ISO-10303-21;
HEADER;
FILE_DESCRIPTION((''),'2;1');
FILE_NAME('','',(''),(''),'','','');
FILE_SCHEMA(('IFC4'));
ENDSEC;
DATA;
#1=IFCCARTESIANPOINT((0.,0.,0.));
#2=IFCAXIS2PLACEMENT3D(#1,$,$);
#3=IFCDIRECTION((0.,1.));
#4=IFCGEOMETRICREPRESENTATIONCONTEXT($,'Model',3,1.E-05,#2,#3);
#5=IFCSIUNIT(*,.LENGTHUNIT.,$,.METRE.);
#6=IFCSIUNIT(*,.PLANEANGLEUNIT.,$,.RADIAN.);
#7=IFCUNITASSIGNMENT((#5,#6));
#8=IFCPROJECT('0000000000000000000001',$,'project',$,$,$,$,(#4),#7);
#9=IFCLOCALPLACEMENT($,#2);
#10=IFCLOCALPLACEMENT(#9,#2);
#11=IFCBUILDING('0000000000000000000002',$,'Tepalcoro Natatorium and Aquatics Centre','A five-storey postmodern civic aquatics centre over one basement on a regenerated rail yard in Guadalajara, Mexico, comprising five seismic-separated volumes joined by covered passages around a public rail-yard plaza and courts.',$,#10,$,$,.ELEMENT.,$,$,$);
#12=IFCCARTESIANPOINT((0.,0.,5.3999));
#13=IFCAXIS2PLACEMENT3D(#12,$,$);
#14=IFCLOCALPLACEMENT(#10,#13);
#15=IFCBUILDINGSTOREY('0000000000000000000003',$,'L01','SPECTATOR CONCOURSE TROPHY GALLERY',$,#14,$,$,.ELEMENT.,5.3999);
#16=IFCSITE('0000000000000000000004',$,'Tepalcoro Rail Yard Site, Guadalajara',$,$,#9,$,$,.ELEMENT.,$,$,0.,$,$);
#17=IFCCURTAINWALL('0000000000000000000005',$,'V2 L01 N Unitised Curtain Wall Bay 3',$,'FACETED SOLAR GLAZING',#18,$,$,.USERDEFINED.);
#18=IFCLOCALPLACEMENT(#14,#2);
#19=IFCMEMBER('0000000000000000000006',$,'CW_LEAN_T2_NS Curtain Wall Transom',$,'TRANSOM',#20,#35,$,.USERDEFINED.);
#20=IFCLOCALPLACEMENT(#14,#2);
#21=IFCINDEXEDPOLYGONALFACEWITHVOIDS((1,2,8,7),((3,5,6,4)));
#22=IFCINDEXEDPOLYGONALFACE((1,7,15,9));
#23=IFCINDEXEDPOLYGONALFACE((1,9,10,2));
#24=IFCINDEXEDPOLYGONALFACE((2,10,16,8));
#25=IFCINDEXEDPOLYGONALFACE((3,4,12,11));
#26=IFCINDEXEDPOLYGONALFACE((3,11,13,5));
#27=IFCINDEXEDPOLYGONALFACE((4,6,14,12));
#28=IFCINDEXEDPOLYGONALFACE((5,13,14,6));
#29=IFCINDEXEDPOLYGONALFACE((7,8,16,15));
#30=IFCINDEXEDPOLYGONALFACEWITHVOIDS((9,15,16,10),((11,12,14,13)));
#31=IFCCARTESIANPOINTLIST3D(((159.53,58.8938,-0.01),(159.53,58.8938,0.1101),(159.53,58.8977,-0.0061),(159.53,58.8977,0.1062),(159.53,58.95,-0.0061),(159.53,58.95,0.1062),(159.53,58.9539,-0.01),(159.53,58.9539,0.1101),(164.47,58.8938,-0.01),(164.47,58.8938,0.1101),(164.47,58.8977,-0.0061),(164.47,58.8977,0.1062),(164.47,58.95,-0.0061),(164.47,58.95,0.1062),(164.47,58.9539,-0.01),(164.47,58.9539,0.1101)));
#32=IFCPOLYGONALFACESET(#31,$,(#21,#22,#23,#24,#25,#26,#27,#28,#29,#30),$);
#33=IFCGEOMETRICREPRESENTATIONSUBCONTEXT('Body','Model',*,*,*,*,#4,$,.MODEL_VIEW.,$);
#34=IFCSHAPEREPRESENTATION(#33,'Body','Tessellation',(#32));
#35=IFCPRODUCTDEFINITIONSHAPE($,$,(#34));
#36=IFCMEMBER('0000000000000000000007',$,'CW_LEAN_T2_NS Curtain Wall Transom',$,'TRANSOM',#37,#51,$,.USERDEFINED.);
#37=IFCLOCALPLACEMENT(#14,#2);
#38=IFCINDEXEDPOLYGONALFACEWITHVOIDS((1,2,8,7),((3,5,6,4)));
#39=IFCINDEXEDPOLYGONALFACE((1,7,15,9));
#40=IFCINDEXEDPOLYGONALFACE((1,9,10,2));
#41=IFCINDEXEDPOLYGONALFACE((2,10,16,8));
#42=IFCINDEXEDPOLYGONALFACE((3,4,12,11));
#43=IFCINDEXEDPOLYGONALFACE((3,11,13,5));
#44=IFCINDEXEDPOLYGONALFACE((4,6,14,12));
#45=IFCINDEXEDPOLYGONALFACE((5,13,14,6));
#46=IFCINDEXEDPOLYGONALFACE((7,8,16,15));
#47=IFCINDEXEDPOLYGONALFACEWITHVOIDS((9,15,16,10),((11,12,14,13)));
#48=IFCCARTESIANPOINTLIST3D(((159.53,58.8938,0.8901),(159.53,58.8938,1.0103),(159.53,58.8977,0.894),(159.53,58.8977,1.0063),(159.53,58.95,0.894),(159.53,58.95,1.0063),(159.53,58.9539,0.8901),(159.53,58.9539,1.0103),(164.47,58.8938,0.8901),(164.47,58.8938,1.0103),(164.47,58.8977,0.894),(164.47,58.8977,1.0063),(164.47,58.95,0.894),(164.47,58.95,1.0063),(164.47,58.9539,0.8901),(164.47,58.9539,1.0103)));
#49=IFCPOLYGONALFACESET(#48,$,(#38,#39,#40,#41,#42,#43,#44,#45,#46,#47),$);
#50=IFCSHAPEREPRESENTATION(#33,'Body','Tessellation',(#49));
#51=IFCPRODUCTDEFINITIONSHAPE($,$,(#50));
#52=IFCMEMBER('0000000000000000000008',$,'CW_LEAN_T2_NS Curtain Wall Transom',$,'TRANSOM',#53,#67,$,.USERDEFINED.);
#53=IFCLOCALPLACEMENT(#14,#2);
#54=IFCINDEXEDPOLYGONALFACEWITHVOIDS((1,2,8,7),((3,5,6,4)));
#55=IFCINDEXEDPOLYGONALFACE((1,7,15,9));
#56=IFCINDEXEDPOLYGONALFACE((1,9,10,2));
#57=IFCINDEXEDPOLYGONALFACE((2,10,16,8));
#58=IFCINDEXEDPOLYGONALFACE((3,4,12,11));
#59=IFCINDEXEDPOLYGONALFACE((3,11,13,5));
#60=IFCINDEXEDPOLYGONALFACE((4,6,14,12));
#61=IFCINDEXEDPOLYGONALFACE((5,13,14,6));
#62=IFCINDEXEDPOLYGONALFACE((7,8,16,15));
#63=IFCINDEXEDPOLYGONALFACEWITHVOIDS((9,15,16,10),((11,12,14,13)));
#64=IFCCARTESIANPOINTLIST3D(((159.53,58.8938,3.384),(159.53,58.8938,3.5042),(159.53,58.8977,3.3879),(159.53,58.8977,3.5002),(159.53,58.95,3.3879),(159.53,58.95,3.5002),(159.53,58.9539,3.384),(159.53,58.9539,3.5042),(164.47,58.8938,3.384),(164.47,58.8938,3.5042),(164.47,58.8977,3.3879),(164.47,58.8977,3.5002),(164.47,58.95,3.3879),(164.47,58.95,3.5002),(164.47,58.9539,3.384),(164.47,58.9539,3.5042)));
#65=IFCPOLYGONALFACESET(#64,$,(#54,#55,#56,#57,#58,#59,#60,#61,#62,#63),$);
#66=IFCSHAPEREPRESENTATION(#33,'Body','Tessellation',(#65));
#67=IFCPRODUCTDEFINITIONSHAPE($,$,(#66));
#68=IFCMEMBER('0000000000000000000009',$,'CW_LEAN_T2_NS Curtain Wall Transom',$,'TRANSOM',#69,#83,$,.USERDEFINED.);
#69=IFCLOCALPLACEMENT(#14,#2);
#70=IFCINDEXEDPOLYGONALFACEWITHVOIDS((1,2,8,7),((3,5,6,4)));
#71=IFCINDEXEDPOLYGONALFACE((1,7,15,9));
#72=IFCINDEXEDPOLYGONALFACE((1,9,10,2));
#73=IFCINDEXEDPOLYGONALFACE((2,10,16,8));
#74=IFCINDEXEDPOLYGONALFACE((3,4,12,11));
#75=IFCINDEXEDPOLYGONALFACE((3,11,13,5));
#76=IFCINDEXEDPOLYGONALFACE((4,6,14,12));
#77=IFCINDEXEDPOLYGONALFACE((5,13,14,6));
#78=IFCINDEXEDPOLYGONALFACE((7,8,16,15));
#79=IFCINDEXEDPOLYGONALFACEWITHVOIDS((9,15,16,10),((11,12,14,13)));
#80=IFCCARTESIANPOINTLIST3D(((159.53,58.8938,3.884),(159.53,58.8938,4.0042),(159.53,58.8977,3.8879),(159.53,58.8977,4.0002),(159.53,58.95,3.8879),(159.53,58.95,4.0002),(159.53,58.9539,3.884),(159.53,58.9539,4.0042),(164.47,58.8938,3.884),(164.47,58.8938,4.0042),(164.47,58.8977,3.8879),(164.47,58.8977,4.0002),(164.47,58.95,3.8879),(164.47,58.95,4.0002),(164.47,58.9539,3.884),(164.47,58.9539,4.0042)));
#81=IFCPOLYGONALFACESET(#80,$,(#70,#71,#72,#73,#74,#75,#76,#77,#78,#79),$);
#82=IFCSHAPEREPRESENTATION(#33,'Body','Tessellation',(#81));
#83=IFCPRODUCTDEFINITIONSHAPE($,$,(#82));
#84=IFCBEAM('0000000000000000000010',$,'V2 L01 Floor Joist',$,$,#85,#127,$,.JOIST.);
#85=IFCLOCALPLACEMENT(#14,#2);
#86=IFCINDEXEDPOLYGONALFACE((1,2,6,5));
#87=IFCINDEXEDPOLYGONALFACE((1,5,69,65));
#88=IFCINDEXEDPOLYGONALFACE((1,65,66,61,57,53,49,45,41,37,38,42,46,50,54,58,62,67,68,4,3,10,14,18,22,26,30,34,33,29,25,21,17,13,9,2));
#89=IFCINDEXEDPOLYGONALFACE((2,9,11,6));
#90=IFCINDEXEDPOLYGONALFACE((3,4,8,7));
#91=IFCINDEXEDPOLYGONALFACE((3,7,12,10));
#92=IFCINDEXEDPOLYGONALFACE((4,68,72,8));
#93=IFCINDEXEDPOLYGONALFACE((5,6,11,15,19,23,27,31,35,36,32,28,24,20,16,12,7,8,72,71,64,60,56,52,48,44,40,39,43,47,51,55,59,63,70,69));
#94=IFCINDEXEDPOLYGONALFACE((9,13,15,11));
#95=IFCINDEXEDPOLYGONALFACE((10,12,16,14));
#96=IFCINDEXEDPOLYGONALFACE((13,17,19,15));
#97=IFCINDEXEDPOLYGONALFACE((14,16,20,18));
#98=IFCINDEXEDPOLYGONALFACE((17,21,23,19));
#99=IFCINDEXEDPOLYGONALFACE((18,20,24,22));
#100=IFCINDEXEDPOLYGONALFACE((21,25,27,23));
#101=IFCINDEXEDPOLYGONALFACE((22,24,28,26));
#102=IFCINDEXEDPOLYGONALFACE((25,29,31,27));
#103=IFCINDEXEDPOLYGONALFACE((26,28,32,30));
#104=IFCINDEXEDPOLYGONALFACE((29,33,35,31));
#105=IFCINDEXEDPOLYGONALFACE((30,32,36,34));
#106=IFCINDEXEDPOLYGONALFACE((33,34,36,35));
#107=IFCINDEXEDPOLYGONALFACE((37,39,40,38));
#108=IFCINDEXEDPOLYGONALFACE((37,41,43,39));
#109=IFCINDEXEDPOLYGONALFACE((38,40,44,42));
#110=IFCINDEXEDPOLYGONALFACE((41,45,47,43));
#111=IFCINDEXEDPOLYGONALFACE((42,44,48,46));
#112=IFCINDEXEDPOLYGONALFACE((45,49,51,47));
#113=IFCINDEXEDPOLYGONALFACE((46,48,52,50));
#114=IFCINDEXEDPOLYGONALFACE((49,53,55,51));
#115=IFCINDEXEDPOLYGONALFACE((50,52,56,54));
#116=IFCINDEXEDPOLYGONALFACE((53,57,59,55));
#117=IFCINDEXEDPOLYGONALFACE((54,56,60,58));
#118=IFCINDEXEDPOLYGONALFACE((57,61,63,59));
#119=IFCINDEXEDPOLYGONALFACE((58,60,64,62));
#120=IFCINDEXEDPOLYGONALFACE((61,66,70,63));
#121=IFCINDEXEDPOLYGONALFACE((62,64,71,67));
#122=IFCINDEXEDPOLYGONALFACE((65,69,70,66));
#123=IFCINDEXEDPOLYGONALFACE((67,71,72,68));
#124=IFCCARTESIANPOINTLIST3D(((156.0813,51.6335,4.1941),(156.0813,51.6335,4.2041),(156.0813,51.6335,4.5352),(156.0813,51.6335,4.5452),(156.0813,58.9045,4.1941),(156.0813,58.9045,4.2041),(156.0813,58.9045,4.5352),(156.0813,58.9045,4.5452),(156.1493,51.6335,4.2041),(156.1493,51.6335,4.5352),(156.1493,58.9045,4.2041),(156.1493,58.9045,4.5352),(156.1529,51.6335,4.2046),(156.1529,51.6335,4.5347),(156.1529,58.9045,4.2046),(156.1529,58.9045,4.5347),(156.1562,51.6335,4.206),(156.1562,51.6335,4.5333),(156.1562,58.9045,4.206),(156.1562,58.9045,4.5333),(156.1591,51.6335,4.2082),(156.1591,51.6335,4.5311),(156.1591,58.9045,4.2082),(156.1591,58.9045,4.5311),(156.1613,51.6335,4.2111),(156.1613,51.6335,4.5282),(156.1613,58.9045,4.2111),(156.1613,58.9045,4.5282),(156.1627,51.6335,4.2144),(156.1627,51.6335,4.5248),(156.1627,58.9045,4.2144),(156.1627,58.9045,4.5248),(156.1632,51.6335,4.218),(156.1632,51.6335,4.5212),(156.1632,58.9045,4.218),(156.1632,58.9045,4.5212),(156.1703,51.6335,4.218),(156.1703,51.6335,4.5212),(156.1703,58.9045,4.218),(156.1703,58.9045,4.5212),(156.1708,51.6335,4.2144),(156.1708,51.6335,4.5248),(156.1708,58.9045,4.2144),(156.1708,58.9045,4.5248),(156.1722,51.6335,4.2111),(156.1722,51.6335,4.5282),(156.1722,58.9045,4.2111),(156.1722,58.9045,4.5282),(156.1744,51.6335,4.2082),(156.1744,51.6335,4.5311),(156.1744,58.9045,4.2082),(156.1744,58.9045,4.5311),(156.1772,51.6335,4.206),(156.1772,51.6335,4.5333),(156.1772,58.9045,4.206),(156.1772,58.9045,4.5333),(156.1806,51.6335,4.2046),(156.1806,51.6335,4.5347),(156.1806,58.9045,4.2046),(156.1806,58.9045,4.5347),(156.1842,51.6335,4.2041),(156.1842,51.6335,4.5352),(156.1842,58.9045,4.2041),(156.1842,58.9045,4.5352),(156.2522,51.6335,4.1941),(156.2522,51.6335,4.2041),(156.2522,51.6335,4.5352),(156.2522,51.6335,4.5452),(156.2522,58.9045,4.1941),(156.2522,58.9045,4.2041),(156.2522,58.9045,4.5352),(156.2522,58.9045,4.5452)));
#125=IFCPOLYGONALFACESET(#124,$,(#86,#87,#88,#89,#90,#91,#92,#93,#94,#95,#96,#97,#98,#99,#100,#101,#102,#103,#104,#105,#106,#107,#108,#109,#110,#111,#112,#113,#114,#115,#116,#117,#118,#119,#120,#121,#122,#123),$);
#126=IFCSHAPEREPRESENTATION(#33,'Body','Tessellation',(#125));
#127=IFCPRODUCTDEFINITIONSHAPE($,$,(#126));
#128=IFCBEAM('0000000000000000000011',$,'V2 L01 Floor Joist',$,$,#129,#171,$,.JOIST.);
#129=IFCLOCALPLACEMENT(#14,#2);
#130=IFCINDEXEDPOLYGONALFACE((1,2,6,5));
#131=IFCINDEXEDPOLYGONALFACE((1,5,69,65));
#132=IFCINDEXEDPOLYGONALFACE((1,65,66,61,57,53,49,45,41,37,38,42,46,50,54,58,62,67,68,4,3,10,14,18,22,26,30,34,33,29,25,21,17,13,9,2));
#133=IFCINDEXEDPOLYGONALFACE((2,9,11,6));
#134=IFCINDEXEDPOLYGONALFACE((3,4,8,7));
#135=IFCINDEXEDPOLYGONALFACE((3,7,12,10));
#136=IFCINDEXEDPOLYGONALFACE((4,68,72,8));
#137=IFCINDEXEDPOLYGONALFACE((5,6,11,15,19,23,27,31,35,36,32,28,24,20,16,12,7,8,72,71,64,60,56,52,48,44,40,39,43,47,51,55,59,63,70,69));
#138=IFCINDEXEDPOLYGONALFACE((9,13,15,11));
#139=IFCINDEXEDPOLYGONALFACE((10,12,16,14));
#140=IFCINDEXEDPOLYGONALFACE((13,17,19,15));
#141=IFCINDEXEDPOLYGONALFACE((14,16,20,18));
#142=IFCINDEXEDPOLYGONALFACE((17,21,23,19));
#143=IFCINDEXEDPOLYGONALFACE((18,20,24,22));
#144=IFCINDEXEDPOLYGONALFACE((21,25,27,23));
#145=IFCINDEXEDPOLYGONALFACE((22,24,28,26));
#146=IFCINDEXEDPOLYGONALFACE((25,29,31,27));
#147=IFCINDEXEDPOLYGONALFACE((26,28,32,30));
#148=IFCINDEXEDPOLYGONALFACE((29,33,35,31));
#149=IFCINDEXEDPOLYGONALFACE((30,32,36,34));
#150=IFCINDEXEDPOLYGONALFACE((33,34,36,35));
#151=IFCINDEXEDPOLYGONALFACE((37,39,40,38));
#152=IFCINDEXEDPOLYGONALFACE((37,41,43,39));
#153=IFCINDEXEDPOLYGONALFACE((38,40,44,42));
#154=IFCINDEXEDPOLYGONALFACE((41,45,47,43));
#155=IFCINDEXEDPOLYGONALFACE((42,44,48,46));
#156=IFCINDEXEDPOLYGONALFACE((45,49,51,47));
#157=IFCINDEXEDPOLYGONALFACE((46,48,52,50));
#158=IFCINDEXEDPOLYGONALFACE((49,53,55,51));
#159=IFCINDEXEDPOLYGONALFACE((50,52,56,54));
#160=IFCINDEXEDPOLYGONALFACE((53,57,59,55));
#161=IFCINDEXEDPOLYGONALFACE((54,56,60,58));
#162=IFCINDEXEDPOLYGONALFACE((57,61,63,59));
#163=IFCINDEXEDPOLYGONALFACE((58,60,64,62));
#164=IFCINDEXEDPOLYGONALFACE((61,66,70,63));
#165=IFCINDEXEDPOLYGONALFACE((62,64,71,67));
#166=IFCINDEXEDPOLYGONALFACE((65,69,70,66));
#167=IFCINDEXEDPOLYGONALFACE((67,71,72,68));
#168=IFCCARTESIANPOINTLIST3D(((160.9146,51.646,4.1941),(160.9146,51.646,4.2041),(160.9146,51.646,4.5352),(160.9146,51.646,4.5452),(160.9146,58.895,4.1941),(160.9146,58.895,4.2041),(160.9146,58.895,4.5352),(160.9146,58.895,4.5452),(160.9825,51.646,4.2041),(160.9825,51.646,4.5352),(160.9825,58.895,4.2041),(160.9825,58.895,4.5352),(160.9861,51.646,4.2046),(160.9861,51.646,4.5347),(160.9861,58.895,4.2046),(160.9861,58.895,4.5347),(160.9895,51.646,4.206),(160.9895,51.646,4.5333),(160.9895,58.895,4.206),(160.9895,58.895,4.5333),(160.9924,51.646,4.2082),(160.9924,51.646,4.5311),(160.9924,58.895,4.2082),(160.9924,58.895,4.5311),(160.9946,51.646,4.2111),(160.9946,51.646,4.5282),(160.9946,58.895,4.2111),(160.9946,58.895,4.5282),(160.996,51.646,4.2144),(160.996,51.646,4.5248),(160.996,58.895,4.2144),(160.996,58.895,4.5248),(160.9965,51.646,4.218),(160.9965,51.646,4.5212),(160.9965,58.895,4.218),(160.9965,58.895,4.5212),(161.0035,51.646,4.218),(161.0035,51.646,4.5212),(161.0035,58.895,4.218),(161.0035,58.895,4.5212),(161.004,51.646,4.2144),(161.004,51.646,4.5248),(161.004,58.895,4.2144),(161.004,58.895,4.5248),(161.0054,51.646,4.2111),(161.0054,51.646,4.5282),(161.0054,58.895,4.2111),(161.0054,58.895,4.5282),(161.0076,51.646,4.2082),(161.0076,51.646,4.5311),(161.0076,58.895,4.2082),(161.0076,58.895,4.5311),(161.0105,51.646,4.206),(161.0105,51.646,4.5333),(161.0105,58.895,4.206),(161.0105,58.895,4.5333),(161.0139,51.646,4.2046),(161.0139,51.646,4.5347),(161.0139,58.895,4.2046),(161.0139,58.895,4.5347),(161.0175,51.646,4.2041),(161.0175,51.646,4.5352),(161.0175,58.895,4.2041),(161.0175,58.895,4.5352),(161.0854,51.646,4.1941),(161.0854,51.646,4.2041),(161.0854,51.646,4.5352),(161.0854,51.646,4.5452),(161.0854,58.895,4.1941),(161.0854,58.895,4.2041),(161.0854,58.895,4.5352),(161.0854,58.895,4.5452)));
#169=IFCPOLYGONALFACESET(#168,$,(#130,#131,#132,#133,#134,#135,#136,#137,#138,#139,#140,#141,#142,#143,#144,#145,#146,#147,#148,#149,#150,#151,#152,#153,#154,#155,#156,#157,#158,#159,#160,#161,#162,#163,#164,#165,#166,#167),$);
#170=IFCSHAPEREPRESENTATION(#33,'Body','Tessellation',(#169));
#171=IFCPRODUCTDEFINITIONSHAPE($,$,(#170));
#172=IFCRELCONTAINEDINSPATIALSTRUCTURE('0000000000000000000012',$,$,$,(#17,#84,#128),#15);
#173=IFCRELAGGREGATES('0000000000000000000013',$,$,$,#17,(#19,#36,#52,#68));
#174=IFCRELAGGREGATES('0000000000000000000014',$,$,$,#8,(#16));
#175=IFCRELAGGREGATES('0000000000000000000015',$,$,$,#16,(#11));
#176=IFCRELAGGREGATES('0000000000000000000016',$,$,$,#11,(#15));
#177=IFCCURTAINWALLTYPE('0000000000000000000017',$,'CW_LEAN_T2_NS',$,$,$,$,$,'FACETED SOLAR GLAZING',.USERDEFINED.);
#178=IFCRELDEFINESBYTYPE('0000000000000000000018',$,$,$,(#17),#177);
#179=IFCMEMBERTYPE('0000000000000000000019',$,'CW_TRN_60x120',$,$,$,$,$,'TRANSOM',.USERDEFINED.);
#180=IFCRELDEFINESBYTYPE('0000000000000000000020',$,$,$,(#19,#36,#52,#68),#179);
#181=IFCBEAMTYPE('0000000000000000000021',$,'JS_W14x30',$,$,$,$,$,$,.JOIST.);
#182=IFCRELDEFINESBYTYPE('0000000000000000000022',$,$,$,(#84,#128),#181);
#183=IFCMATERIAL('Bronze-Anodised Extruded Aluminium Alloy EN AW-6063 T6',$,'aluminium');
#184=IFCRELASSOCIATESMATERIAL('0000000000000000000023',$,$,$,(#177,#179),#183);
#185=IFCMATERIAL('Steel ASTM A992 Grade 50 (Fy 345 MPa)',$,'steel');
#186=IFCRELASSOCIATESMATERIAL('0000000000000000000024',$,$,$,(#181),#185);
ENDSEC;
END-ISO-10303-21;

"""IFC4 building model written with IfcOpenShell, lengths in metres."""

from ifc_helpers import new_model, si_unit, direction, frame, origin, origin_2d, place, context, subcontext, project, spatial, hollow_rectangle, i_section, extrude, material, material_profile, profile_set, type_object, element, aggregate, save


model = new_model("IFC4")

# Units and contexts
model_context = context("Model", 3, precision=1e-05, world=origin(), true_north=direction((0.0, 1.0)))
body_context = subcontext(model_context, "Body", "Model", "MODEL_VIEW")
ifc_project = project(units=[si_unit("LENGTHUNIT", "METRE"), si_unit("PLANEANGLEUNIT", "RADIAN")], contexts=[model_context])

# Site, building, storey
site_placement = place(None, origin())
site = spatial("IfcSite", under=ifc_project, at=site_placement, Name="Tepalcoro Rail Yard Site, Guadalajara", CompositionType="ELEMENT", RefElevation=0.0)
building_placement = place(site_placement, origin())
building = spatial("IfcBuilding", under=site, at=building_placement, Name="Tepalcoro Natatorium and Aquatics Centre", Description="A five-storey postmodern civic aquatics centre over one basement on a regenerated rail yard in Guadalajara, Mexico, comprising five seismic-separated volumes joined by covered passages around a public rail-yard plaza and courts.", CompositionType="ELEMENT")
storey_placement = place(building_placement, frame((0.0, 0.0, 5.3999)))
storey = spatial("IfcBuildingStorey", under=building, at=storey_placement, Name="L01", Description="SPECTATOR CONCOURSE TROPHY GALLERY", CompositionType="ELEMENT", Elevation=5.3999)

# Shared definitions
ifc_material_1 = material(Name="Steel ASTM A992 Grade 50 (Fy 345 MPa)", Category="steel")

# Curtain wall
ifc_material_2 = material(Name="Bronze-Anodised Extruded Aluminium Alloy EN AW-6063 T6", Category="aluminium")
curtain_wall_type_1 = type_object("IfcCurtainWallType", Name="CW_LEAN_T2_NS", ElementType="FACETED SOLAR GLAZING", PredefinedType="USERDEFINED", material=ifc_material_2)
curtain_wall_1_placement = place(storey_placement, origin())
curtain_wall_1 = element("IfcCurtainWall", 1, at=curtain_wall_1_placement, inside=storey, type_object=curtain_wall_type_1, Name="V2 L01 N Unitised Curtain Wall Bay 3", ObjectType="FACETED SOLAR GLAZING", PredefinedType="USERDEFINED")

# Members
ifc_material_profile_1 = material_profile(ifc_material_2, hollow_rectangle(XDim=0.0601, YDim=0.1201, WallThickness=0.0039, at=origin_2d()), Name="AL60X120X4")
ifc_profile_set_1 = profile_set([ifc_material_profile_1], Name="Bronze-Anodised Extruded Aluminium Alloy EN AW-6063 T6")
member_type_1 = type_object("IfcMemberType", Name="CW_TRN_60x120", ElementType="TRANSOM", PredefinedType="USERDEFINED", material=ifc_profile_set_1)
member_1_placement = place(storey_placement, frame((159.53, 58.9238, 0.05), z_axis=(1.0, 0.0, 0.0), x_axis=(0.0, 1.0, 0.0)))
member_1 = element("IfcMember", 2, at=member_1_placement, type_object=member_type_1, Name="CW_LEAN_T2_NS Curtain Wall Transom", ObjectType="TRANSOM", PredefinedType="USERDEFINED", context=body_context, shape_type="SweptSolid", body=[
    extrude(hollow_rectangle(XDim=0.0601, YDim=0.1201, WallThickness=0.0039, at=origin_2d()), origin(), (0.0, 0.0, 1.0), 4.9399),
])
member_2_placement = place(storey_placement, frame((159.53, 58.9238, 0.9502), z_axis=(1.0, 0.0, 0.0), x_axis=(0.0, 1.0, 0.0)))
member_2 = element("IfcMember", 3, at=member_2_placement, type_object=member_type_1, Name="CW_LEAN_T2_NS Curtain Wall Transom", ObjectType="TRANSOM", PredefinedType="USERDEFINED", context=body_context, shape_type="SweptSolid", body=[
    extrude(hollow_rectangle(XDim=0.0601, YDim=0.1201, WallThickness=0.0039, at=origin_2d()), origin(), (0.0, 0.0, 1.0), 4.9399),
])
member_3_placement = place(storey_placement, frame((159.53, 58.9238, 3.4441), z_axis=(1.0, 0.0, 0.0), x_axis=(0.0, 1.0, 0.0)))
member_3 = element("IfcMember", 4, at=member_3_placement, type_object=member_type_1, Name="CW_LEAN_T2_NS Curtain Wall Transom", ObjectType="TRANSOM", PredefinedType="USERDEFINED", context=body_context, shape_type="SweptSolid", body=[
    extrude(hollow_rectangle(XDim=0.0601, YDim=0.1201, WallThickness=0.0039, at=origin_2d()), origin(), (0.0, 0.0, 1.0), 4.9399),
])
member_4_placement = place(storey_placement, frame((159.53, 58.9238, 3.9441), z_axis=(1.0, 0.0, 0.0), x_axis=(0.0, 1.0, 0.0)))
member_4 = element("IfcMember", 5, at=member_4_placement, type_object=member_type_1, Name="CW_LEAN_T2_NS Curtain Wall Transom", ObjectType="TRANSOM", PredefinedType="USERDEFINED", context=body_context, shape_type="SweptSolid", body=[
    extrude(hollow_rectangle(XDim=0.0601, YDim=0.1201, WallThickness=0.0039, at=origin_2d()), origin(), (0.0, 0.0, 1.0), 4.9399),
])

# Beams
ifc_material_profile_2 = material_profile(ifc_material_1, i_section(OverallWidth=0.1709, OverallDepth=0.3511, WebThickness=0.0071, FlangeThickness=0.01, FilletRadius=0.0139, at=origin_2d()), Name="W14X30")
ifc_profile_set_2 = profile_set([ifc_material_profile_2], Name="Steel ASTM A992 Grade 50 (Fy 345 MPa)")
beam_type_1 = type_object("IfcBeamType", Name="JS_W14x30", PredefinedType="JOIST", material=ifc_profile_set_2)
beam_1_placement = place(storey_placement, frame((156.1667, 51.6335, 4.3696), z_axis=(0.0, 1.0, 0.0), x_axis=(-1.0, 0.0, 0.0)))
element("IfcBeam", 6, at=beam_1_placement, inside=storey, type_object=beam_type_1, Name="V2 L01 Floor Joist", PredefinedType="JOIST", context=body_context, shape_type="SweptSolid", body=[
    extrude(i_section(OverallWidth=0.1709, OverallDepth=0.3511, WebThickness=0.0071, FlangeThickness=0.01, FilletRadius=0.0139, at=origin_2d()), origin(), (0.0, 0.0, 1.0), 7.271),
])
beam_2_placement = place(storey_placement, frame((161.0, 51.646, 4.3696), z_axis=(0.0, 1.0, 0.0), x_axis=(-1.0, 0.0, 0.0)))
element("IfcBeam", 7, at=beam_2_placement, inside=storey, type_object=beam_type_1, Name="V2 L01 Floor Joist", PredefinedType="JOIST", context=body_context, shape_type="SweptSolid", body=[
    extrude(i_section(OverallWidth=0.1709, OverallDepth=0.3511, WebThickness=0.0071, FlangeThickness=0.01, FilletRadius=0.0139, at=origin_2d()), origin(), (0.0, 0.0, 1.0), 7.249),
])

aggregate(curtain_wall_1, [member_1, member_2, member_3, member_4])

save(model, "model.ifc")
